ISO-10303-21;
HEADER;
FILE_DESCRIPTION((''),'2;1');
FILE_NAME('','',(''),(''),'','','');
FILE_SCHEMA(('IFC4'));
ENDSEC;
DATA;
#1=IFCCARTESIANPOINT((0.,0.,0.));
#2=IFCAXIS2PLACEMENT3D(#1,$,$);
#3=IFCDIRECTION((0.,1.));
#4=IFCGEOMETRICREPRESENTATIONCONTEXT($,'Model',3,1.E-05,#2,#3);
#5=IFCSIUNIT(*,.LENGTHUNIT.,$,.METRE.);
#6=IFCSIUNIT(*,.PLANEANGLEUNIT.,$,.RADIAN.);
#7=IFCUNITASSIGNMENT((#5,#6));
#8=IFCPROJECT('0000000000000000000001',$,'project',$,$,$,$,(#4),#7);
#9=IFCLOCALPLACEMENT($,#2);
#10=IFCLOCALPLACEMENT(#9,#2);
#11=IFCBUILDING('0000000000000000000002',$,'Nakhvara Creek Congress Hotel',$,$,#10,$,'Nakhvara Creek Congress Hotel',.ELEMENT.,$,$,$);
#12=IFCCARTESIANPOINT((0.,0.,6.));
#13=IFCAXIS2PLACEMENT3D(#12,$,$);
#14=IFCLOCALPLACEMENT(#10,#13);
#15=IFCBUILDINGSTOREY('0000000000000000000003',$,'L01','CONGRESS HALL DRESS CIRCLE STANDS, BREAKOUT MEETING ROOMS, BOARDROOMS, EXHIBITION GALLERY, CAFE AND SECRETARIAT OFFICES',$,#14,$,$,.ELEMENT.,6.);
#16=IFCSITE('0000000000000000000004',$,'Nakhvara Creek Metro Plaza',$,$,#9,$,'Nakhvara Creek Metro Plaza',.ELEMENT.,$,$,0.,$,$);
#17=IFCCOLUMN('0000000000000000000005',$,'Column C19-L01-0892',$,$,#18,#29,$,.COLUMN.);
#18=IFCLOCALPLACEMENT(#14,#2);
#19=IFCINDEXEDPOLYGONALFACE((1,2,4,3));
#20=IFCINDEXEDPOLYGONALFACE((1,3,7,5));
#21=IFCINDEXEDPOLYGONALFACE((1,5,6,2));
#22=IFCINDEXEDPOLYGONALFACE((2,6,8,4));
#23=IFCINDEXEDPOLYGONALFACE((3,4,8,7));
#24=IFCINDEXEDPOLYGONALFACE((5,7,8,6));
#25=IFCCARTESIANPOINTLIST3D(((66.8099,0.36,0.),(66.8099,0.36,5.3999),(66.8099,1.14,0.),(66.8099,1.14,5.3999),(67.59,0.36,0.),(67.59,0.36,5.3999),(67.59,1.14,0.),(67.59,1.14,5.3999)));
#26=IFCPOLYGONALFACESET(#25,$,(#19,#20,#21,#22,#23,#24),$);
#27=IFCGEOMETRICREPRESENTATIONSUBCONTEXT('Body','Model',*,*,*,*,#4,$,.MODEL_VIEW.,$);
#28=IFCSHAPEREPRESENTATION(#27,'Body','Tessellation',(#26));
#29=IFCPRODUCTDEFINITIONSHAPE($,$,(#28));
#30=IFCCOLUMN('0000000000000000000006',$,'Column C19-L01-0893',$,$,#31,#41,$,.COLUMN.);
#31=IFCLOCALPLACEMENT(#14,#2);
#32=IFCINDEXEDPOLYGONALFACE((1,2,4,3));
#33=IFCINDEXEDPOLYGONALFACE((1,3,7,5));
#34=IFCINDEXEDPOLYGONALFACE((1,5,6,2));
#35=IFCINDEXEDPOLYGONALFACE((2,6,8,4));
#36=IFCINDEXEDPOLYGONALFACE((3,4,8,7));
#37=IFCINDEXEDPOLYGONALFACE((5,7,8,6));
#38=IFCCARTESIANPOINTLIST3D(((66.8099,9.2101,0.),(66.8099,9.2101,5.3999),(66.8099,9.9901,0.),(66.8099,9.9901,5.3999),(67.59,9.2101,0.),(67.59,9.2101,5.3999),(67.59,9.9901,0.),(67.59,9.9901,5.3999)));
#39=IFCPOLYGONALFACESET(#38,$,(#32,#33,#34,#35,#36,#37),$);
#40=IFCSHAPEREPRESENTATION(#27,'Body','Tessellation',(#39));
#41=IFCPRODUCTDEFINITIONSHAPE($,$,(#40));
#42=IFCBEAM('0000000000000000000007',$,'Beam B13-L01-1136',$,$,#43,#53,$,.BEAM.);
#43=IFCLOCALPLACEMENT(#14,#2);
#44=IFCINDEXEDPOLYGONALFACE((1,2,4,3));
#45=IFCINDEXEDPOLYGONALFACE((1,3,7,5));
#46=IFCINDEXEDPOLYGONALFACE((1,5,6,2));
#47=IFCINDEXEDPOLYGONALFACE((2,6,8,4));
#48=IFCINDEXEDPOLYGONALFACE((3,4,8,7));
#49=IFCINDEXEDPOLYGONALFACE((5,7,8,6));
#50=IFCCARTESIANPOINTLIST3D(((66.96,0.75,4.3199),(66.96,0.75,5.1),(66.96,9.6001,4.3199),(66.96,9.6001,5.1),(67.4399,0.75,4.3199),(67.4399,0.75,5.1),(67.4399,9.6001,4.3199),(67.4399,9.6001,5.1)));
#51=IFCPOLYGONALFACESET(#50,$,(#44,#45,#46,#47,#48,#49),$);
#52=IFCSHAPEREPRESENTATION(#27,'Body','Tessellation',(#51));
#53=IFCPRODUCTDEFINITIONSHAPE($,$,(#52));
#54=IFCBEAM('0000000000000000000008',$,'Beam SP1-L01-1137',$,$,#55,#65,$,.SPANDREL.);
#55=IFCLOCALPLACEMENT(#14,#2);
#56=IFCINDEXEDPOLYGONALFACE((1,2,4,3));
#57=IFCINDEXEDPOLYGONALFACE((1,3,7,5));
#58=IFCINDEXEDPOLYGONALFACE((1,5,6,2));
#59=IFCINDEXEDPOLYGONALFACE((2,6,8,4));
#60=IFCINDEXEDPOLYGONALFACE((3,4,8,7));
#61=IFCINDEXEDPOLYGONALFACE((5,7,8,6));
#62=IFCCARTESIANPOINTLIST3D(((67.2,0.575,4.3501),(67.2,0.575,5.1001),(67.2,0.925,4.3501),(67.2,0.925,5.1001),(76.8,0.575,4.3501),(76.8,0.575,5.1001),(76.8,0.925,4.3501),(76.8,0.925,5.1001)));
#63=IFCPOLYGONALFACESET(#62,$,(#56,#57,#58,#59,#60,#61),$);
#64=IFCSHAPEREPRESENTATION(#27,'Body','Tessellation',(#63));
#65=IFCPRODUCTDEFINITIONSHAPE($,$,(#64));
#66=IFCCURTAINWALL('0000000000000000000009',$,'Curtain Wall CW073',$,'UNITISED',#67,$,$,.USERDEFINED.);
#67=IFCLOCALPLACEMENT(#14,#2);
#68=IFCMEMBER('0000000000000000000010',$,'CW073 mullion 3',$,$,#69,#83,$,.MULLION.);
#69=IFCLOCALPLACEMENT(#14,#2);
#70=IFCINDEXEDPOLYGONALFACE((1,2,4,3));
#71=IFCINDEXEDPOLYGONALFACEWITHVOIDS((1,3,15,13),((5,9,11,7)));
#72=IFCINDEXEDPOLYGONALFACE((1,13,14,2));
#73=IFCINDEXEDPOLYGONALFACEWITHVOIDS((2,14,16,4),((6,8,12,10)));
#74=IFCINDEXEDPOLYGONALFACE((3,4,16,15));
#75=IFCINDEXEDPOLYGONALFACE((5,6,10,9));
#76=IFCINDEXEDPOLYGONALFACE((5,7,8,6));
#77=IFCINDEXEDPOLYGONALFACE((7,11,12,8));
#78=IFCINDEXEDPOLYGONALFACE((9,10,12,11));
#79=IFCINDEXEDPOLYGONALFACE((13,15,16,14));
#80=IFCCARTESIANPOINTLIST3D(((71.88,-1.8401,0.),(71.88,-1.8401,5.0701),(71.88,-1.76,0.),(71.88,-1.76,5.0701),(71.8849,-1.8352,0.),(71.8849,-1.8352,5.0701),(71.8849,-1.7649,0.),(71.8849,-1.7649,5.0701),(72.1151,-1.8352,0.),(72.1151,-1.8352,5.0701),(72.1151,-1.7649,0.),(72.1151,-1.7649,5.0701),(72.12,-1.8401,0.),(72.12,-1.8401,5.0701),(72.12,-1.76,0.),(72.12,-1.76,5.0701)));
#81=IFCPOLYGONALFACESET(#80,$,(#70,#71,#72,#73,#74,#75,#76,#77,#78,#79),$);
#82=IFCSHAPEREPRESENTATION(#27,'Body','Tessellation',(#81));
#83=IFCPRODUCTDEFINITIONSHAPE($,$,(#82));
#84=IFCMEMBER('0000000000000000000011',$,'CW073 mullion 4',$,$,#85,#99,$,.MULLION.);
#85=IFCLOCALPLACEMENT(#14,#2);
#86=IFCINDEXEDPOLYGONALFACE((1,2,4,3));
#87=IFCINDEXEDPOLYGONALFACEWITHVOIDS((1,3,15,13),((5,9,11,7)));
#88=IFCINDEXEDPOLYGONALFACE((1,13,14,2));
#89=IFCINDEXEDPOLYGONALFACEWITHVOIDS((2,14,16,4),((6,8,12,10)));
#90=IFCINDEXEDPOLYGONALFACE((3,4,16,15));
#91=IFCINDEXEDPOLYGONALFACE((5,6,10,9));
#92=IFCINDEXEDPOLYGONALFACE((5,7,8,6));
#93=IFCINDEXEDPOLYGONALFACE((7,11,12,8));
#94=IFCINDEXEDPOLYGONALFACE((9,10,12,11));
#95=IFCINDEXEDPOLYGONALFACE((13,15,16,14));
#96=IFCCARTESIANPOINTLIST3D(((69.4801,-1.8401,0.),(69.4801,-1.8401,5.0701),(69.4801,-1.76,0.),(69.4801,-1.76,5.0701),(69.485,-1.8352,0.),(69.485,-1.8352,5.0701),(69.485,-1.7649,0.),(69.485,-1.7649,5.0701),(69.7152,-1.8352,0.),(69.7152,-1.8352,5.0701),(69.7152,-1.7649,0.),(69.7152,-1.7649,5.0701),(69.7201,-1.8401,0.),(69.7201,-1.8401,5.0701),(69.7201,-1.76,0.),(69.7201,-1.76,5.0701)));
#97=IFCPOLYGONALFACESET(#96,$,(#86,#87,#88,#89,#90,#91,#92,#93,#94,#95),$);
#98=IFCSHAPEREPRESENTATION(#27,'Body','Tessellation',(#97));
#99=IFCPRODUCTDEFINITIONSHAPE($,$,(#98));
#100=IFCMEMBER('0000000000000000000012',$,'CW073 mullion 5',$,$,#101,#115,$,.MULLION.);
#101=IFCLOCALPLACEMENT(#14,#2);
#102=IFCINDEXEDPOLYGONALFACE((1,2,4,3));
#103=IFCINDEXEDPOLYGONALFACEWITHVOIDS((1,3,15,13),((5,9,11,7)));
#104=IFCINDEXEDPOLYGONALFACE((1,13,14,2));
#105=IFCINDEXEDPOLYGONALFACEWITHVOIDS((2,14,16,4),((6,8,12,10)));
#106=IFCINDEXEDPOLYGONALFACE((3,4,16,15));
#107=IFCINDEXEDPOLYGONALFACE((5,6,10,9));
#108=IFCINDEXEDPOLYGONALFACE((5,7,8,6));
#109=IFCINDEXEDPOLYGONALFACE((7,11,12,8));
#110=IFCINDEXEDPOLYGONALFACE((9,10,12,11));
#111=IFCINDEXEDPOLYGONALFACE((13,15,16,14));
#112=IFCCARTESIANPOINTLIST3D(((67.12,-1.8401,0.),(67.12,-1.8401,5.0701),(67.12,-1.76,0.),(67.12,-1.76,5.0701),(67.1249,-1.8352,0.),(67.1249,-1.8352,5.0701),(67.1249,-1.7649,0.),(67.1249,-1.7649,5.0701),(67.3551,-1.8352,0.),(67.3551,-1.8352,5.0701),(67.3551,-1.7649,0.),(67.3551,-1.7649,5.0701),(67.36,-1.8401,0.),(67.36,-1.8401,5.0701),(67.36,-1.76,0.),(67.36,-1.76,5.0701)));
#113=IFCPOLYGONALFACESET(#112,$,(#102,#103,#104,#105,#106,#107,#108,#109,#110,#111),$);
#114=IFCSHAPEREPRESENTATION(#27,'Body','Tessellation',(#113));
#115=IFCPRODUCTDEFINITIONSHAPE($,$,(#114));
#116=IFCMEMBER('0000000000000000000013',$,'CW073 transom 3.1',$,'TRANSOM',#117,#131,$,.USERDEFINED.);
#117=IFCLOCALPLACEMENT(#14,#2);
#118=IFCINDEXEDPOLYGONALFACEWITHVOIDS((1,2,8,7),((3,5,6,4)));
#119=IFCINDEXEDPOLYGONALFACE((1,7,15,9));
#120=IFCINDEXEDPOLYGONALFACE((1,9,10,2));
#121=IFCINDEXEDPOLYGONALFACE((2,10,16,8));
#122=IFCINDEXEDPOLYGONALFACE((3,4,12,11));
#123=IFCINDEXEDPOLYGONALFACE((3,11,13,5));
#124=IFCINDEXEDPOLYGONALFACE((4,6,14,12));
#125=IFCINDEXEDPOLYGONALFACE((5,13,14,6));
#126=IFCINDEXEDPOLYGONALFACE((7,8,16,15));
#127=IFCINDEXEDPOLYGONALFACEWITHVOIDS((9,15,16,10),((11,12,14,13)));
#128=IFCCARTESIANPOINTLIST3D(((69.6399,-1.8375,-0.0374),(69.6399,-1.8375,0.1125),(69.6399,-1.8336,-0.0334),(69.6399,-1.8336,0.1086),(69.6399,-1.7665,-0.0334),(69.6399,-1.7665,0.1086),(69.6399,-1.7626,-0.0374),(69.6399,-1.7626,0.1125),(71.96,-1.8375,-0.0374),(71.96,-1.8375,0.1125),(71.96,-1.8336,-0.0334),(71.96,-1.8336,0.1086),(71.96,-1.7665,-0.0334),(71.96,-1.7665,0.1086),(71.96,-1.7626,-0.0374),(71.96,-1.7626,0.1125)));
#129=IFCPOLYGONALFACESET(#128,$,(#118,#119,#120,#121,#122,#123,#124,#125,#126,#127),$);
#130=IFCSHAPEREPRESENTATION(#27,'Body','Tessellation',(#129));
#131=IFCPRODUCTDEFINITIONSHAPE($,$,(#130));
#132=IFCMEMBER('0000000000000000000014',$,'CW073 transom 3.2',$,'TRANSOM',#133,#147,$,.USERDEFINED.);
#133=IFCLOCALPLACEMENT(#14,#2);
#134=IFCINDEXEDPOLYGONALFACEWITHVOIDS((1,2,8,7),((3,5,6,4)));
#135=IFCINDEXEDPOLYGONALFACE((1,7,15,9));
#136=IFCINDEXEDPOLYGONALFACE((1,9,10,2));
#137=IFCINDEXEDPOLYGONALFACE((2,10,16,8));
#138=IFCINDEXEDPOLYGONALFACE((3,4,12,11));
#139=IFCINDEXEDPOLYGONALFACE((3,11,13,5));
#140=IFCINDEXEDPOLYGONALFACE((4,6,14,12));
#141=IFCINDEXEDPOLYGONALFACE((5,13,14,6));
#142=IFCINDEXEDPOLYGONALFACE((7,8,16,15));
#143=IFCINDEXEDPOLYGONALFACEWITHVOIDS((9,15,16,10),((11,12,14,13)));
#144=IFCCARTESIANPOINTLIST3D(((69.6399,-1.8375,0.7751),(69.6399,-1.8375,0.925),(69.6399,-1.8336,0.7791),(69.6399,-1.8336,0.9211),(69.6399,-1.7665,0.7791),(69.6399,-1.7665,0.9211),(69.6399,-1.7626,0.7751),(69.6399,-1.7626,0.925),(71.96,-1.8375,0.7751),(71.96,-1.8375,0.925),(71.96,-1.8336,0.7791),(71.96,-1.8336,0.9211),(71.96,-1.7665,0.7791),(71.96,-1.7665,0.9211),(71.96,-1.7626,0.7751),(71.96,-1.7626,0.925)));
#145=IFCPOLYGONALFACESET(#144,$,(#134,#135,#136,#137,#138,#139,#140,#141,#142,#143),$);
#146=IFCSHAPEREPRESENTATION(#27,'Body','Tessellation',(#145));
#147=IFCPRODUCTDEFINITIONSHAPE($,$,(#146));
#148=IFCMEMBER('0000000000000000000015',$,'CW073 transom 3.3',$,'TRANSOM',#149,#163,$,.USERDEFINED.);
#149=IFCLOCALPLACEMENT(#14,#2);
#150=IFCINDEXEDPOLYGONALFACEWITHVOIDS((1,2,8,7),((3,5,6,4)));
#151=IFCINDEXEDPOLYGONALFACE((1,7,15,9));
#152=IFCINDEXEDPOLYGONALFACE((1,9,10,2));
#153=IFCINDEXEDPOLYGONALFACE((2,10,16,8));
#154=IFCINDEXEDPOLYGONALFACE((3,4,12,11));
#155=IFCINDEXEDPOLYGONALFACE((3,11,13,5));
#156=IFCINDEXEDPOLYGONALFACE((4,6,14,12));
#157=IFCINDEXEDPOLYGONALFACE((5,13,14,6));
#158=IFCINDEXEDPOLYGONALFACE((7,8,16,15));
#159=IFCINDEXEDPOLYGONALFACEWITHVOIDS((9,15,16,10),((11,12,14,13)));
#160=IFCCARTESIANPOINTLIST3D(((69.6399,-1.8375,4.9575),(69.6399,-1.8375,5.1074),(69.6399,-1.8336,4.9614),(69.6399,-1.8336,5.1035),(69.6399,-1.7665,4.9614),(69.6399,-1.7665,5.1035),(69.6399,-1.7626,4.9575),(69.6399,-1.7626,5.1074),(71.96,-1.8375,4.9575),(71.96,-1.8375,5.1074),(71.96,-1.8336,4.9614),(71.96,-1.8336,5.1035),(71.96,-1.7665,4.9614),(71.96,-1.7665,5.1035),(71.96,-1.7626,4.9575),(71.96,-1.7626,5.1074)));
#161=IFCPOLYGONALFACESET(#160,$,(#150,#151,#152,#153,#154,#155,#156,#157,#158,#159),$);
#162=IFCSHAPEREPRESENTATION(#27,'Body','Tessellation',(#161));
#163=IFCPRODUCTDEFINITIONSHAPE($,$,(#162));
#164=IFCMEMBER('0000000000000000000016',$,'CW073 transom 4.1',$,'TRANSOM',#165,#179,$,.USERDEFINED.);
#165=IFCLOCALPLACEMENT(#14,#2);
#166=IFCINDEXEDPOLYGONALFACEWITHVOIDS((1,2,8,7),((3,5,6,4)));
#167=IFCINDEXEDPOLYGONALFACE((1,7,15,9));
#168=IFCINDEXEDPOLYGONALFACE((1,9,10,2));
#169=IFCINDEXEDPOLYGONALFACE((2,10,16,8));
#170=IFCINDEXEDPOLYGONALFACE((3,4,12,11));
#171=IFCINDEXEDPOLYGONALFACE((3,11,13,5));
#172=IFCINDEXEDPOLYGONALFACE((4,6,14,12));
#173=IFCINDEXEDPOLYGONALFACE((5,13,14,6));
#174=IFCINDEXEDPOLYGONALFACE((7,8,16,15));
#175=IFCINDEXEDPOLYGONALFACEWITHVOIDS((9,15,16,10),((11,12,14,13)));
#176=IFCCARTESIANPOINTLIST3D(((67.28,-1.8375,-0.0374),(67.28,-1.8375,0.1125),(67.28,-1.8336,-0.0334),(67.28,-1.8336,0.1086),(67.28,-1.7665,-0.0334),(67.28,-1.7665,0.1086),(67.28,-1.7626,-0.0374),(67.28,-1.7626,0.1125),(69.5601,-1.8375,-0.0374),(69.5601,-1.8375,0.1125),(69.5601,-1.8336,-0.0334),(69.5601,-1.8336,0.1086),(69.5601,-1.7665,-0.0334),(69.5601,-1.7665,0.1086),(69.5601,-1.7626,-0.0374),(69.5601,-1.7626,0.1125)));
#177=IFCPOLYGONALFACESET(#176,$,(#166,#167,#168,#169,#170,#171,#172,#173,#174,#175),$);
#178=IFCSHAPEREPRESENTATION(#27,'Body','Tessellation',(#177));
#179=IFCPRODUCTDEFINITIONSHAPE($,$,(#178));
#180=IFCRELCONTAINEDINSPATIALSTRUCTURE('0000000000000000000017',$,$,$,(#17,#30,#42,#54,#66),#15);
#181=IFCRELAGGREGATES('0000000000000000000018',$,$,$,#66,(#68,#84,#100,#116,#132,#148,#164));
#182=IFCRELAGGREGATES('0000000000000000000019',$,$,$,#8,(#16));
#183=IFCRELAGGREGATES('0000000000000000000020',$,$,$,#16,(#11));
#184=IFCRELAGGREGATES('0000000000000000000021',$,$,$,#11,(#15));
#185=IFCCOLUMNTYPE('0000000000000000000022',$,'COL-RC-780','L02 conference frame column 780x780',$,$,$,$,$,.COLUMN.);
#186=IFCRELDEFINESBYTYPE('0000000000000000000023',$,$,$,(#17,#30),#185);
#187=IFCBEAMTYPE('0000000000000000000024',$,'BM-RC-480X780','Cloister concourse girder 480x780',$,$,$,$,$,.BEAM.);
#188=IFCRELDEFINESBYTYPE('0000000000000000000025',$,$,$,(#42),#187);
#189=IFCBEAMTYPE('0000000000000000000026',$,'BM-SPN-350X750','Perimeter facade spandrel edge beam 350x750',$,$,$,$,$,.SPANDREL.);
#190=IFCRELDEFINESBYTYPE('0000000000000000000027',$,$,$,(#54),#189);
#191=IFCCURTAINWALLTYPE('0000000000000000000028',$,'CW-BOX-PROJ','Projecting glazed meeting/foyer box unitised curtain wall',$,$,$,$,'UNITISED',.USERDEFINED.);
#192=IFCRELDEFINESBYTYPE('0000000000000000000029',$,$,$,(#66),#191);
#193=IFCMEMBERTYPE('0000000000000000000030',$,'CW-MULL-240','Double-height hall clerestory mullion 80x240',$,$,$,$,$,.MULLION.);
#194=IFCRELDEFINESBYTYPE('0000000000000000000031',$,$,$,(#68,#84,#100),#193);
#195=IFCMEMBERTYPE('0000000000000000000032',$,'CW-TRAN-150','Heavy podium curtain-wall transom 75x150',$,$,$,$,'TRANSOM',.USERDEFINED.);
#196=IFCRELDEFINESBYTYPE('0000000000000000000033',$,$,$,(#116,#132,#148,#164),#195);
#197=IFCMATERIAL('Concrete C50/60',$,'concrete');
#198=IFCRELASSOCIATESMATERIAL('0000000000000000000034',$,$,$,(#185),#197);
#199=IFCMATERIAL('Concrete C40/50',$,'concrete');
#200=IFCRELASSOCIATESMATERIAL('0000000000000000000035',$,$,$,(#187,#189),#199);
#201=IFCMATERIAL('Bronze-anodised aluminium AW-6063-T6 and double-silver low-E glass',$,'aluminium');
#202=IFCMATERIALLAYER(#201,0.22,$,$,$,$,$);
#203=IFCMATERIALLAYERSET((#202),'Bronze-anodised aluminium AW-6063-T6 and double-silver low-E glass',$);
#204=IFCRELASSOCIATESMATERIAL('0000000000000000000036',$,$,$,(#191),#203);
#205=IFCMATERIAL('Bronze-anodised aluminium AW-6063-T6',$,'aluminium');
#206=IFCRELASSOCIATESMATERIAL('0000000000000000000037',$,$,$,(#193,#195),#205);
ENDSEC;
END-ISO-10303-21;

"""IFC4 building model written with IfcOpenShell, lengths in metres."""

from ifc_helpers import new_model, si_unit, direction, frame, origin, origin_2d, place, context, subcontext, project, spatial, rectangle, hollow_rectangle, extrude, material, layer, layer_set, material_profile, profile_set, type_object, element, aggregate, save


model = new_model("IFC4")

# Units and contexts
model_context = context("Model", 3, precision=1e-05, world=origin(), true_north=direction((0.0, 1.0)))
body_context = subcontext(model_context, "Body", "Model", "MODEL_VIEW")
ifc_project = project(units=[si_unit("LENGTHUNIT", "METRE"), si_unit("PLANEANGLEUNIT", "RADIAN")], contexts=[model_context])

# Site, building, storey
site_placement = place(None, origin())
site = spatial("IfcSite", under=ifc_project, at=site_placement, Name="Nakhvara Creek Metro Plaza", LongName="Nakhvara Creek Metro Plaza", CompositionType="ELEMENT", RefElevation=0.0)
building_placement = place(site_placement, origin())
building = spatial("IfcBuilding", under=site, at=building_placement, Name="Nakhvara Creek Congress Hotel", LongName="Nakhvara Creek Congress Hotel", CompositionType="ELEMENT")
storey_placement = place(building_placement, frame((0.0, 0.0, 6.0)))
storey = spatial("IfcBuildingStorey", under=building, at=storey_placement, Name="L01", Description="CONGRESS HALL DRESS CIRCLE STANDS, BREAKOUT MEETING ROOMS, BOARDROOMS, EXHIBITION GALLERY, CAFE AND SECRETARIAT OFFICES", CompositionType="ELEMENT", Elevation=6.0)

# Columns
ifc_material_1 = material(Name="Concrete C50/60", Category="concrete")
ifc_material_profile_1 = material_profile(ifc_material_1, rectangle(XDim=0.78, YDim=0.78, at=origin_2d()), Name="RC-COL 780x780", Category="LoadBearing")
ifc_profile_set_1 = profile_set([ifc_material_profile_1], Name="Concrete C50/60")
column_type = type_object("IfcColumnType", Name="COL-RC-780", Description="L02 conference frame column 780x780", PredefinedType="COLUMN", material=ifc_profile_set_1)
for number, where, z_axis, x_axis, name in (
    (1, (67.2, 0.75, 0.0), (0.0, 0.0, 1.0), (1.0, 0.0, 0.0), "Column C19-L01-0892"),
    (2, (67.2, 9.6001, 0.0), (0.0, 0.0, 1.0), (1.0, 0.0, 0.0), "Column C19-L01-0893"),
):
    element("IfcColumn", number, at=place(storey_placement, frame(where, z_axis=z_axis, x_axis=x_axis)), inside=storey, type_object=column_type, Name=name, PredefinedType="COLUMN", context=body_context, shape_type="SweptSolid", body=[
        extrude(rectangle(XDim=0.78, YDim=0.78, at=origin_2d()), origin(), (0.0, 0.0, 1.0), 5.3999),
    ])

# Beams
ifc_material_2 = material(Name="Concrete C40/50", Category="concrete")
ifc_material_profile_2 = material_profile(ifc_material_2, rectangle(XDim=0.48, YDim=0.78, at=origin_2d()), Name="RC-BM 480x780", Category="LoadBearing")
ifc_profile_set_2 = profile_set([ifc_material_profile_2], Name="Concrete C40/50")
beam_type_1 = type_object("IfcBeamType", Name="BM-RC-480X780", Description="Cloister concourse girder 480x780", PredefinedType="BEAM", material=ifc_profile_set_2)
beam_1_placement = place(storey_placement, frame((67.2, 0.75, 4.71), z_axis=(0.0, 1.0, 0.0), x_axis=(-1.0, 0.0, 0.0)))
element("IfcBeam", 3, at=beam_1_placement, inside=storey, type_object=beam_type_1, Name="Beam B13-L01-1136", PredefinedType="BEAM", context=body_context, shape_type="SweptSolid", body=[
    extrude(rectangle(XDim=0.48, YDim=0.78, at=origin_2d()), origin(), (0.0, 0.0, 1.0), 8.8501),
])
ifc_material_profile_3 = material_profile(ifc_material_2, rectangle(XDim=0.3501, YDim=0.75, at=origin_2d()), Name="RC-SPANDREL 350x750", Category="LoadBearing")
ifc_profile_set_3 = profile_set([ifc_material_profile_3], Name="Concrete C40/50")
beam_type_2 = type_object("IfcBeamType", Name="BM-SPN-350X750", Description="Perimeter facade spandrel edge beam 350x750", PredefinedType="SPANDREL", material=ifc_profile_set_3)
beam_2_placement = place(storey_placement, frame((67.2, 0.75, 4.7251), z_axis=(1.0, 0.0, 0.0), x_axis=(0.0, 1.0, 0.0)))
element("IfcBeam", 4, at=beam_2_placement, inside=storey, type_object=beam_type_2, Name="Beam SP1-L01-1137", PredefinedType="SPANDREL", context=body_context, shape_type="SweptSolid", body=[
    extrude(rectangle(XDim=0.3501, YDim=0.75, at=origin_2d()), origin(), (0.0, 0.0, 1.0), 9.6001),
])

# Curtain wall, members
ifc_material_3 = material(Name="Bronze-anodised aluminium AW-6063-T6 and double-silver low-E glass", Category="aluminium")
ifc_layer_1 = layer(ifc_material_3, 0.22)
ifc_layer_set_1 = layer_set([ifc_layer_1], Name="Bronze-anodised aluminium AW-6063-T6 and double-silver low-E glass")
curtain_wall_type = type_object("IfcCurtainWallType", Name="CW-BOX-PROJ", Description="Projecting glazed meeting/foyer box unitised curtain wall", ElementType="UNITISED", PredefinedType="USERDEFINED", material=ifc_layer_set_1)
curtain_wall_placement = place(storey_placement, origin())
curtain_wall = element("IfcCurtainWall", 5, at=curtain_wall_placement, inside=storey, type_object=curtain_wall_type, Name="Curtain Wall CW073", ObjectType="UNITISED", PredefinedType="USERDEFINED")
ifc_material_4 = material(Name="Bronze-anodised aluminium AW-6063-T6", Category="aluminium")
ifc_material_profile_4 = material_profile(ifc_material_4, hollow_rectangle(XDim=0.0801, YDim=0.24, WallThickness=0.0049, at=origin_2d()), Name="ALU-MULL 80x240x5", Category="LoadBearing")
ifc_profile_set_4 = profile_set([ifc_material_profile_4], Name="Bronze-anodised aluminium AW-6063-T6")
member_type_1 = type_object("IfcMemberType", Name="CW-MULL-240", Description="Double-height hall clerestory mullion 80x240", PredefinedType="MULLION", material=ifc_profile_set_4)
member_1_placement = place(storey_placement, frame((72.0, -1.8, 0.0), z_axis=(0.0, 0.0, 1.0), x_axis=(0.0, -1.0, 0.0)))
member_1 = element("IfcMember", 6, at=member_1_placement, type_object=member_type_1, Name="CW073 mullion 3", PredefinedType="MULLION", context=body_context, shape_type="SweptSolid", body=[
    extrude(hollow_rectangle(XDim=0.0801, YDim=0.24, WallThickness=0.0049, at=origin_2d()), origin(), (0.0, 0.0, 1.0), 5.0701),
])
member_2_placement = place(storey_placement, frame((69.6001, -1.8, 0.0), z_axis=(0.0, 0.0, 1.0), x_axis=(0.0, -1.0, 0.0)))
member_2 = element("IfcMember", 7, at=member_2_placement, type_object=member_type_1, Name="CW073 mullion 4", PredefinedType="MULLION", context=body_context, shape_type="SweptSolid", body=[
    extrude(hollow_rectangle(XDim=0.0801, YDim=0.24, WallThickness=0.0049, at=origin_2d()), origin(), (0.0, 0.0, 1.0), 5.0701),
])
member_3_placement = place(storey_placement, frame((67.24, -1.8, 0.0), z_axis=(0.0, 0.0, 1.0), x_axis=(0.0, -1.0, 0.0)))
member_3 = element("IfcMember", 8, at=member_3_placement, type_object=member_type_1, Name="CW073 mullion 5", PredefinedType="MULLION", context=body_context, shape_type="SweptSolid", body=[
    extrude(hollow_rectangle(XDim=0.0801, YDim=0.24, WallThickness=0.0049, at=origin_2d()), origin(), (0.0, 0.0, 1.0), 5.0701),
])
ifc_material_profile_5 = material_profile(ifc_material_4, hollow_rectangle(XDim=0.075, YDim=0.1499, WallThickness=0.0039, at=origin_2d()), Name="ALU-TRAN 75x150x4", Category="LoadBearing")
ifc_profile_set_5 = profile_set([ifc_material_profile_5], Name="Bronze-anodised aluminium AW-6063-T6")
member_type_2 = type_object("IfcMemberType", Name="CW-TRAN-150", Description="Heavy podium curtain-wall transom 75x150", ElementType="TRANSOM", PredefinedType="USERDEFINED", material=ifc_profile_set_5)
member_4_placement = place(storey_placement, frame((71.96, -1.8, 0.0376), z_axis=(-1.0, 0.0, 0.0), x_axis=(0.0, -1.0, 0.0)))
member_4 = element("IfcMember", 9, at=member_4_placement, type_object=member_type_2, Name="CW073 transom 3.1", ObjectType="TRANSOM", PredefinedType="USERDEFINED", context=body_context, shape_type="SweptSolid", body=[
    extrude(hollow_rectangle(XDim=0.075, YDim=0.1499, WallThickness=0.0039, at=origin_2d()), origin(), (0.0, 0.0, 1.0), 2.3201),
])
member_5_placement = place(storey_placement, frame((71.96, -1.8, 0.8501), z_axis=(-1.0, 0.0, 0.0), x_axis=(0.0, -1.0, 0.0)))
member_5 = element("IfcMember", 10, at=member_5_placement, type_object=member_type_2, Name="CW073 transom 3.2", ObjectType="TRANSOM", PredefinedType="USERDEFINED", context=body_context, shape_type="SweptSolid", body=[
    extrude(hollow_rectangle(XDim=0.075, YDim=0.1499, WallThickness=0.0039, at=origin_2d()), origin(), (0.0, 0.0, 1.0), 2.3201),
])
member_6_placement = place(storey_placement, frame((71.96, -1.8, 5.0325), z_axis=(-1.0, 0.0, 0.0), x_axis=(0.0, -1.0, 0.0)))
member_6 = element("IfcMember", 11, at=member_6_placement, type_object=member_type_2, Name="CW073 transom 3.3", ObjectType="TRANSOM", PredefinedType="USERDEFINED", context=body_context, shape_type="SweptSolid", body=[
    extrude(hollow_rectangle(XDim=0.075, YDim=0.1499, WallThickness=0.0039, at=origin_2d()), origin(), (0.0, 0.0, 1.0), 2.3201),
])
member_7_placement = place(storey_placement, frame((69.5601, -1.8, 0.0376), z_axis=(-1.0, 0.0, 0.0), x_axis=(0.0, -1.0, 0.0)))
member_7 = element("IfcMember", 12, at=member_7_placement, type_object=member_type_2, Name="CW073 transom 4.1", ObjectType="TRANSOM", PredefinedType="USERDEFINED", context=body_context, shape_type="SweptSolid", body=[
    extrude(hollow_rectangle(XDim=0.075, YDim=0.1499, WallThickness=0.0039, at=origin_2d()), origin(), (0.0, 0.0, 1.0), 2.28),
])
aggregate(curtain_wall, [member_1, member_2, member_3, member_4, member_5, member_6, member_7])

save(model, "model.ifc")
